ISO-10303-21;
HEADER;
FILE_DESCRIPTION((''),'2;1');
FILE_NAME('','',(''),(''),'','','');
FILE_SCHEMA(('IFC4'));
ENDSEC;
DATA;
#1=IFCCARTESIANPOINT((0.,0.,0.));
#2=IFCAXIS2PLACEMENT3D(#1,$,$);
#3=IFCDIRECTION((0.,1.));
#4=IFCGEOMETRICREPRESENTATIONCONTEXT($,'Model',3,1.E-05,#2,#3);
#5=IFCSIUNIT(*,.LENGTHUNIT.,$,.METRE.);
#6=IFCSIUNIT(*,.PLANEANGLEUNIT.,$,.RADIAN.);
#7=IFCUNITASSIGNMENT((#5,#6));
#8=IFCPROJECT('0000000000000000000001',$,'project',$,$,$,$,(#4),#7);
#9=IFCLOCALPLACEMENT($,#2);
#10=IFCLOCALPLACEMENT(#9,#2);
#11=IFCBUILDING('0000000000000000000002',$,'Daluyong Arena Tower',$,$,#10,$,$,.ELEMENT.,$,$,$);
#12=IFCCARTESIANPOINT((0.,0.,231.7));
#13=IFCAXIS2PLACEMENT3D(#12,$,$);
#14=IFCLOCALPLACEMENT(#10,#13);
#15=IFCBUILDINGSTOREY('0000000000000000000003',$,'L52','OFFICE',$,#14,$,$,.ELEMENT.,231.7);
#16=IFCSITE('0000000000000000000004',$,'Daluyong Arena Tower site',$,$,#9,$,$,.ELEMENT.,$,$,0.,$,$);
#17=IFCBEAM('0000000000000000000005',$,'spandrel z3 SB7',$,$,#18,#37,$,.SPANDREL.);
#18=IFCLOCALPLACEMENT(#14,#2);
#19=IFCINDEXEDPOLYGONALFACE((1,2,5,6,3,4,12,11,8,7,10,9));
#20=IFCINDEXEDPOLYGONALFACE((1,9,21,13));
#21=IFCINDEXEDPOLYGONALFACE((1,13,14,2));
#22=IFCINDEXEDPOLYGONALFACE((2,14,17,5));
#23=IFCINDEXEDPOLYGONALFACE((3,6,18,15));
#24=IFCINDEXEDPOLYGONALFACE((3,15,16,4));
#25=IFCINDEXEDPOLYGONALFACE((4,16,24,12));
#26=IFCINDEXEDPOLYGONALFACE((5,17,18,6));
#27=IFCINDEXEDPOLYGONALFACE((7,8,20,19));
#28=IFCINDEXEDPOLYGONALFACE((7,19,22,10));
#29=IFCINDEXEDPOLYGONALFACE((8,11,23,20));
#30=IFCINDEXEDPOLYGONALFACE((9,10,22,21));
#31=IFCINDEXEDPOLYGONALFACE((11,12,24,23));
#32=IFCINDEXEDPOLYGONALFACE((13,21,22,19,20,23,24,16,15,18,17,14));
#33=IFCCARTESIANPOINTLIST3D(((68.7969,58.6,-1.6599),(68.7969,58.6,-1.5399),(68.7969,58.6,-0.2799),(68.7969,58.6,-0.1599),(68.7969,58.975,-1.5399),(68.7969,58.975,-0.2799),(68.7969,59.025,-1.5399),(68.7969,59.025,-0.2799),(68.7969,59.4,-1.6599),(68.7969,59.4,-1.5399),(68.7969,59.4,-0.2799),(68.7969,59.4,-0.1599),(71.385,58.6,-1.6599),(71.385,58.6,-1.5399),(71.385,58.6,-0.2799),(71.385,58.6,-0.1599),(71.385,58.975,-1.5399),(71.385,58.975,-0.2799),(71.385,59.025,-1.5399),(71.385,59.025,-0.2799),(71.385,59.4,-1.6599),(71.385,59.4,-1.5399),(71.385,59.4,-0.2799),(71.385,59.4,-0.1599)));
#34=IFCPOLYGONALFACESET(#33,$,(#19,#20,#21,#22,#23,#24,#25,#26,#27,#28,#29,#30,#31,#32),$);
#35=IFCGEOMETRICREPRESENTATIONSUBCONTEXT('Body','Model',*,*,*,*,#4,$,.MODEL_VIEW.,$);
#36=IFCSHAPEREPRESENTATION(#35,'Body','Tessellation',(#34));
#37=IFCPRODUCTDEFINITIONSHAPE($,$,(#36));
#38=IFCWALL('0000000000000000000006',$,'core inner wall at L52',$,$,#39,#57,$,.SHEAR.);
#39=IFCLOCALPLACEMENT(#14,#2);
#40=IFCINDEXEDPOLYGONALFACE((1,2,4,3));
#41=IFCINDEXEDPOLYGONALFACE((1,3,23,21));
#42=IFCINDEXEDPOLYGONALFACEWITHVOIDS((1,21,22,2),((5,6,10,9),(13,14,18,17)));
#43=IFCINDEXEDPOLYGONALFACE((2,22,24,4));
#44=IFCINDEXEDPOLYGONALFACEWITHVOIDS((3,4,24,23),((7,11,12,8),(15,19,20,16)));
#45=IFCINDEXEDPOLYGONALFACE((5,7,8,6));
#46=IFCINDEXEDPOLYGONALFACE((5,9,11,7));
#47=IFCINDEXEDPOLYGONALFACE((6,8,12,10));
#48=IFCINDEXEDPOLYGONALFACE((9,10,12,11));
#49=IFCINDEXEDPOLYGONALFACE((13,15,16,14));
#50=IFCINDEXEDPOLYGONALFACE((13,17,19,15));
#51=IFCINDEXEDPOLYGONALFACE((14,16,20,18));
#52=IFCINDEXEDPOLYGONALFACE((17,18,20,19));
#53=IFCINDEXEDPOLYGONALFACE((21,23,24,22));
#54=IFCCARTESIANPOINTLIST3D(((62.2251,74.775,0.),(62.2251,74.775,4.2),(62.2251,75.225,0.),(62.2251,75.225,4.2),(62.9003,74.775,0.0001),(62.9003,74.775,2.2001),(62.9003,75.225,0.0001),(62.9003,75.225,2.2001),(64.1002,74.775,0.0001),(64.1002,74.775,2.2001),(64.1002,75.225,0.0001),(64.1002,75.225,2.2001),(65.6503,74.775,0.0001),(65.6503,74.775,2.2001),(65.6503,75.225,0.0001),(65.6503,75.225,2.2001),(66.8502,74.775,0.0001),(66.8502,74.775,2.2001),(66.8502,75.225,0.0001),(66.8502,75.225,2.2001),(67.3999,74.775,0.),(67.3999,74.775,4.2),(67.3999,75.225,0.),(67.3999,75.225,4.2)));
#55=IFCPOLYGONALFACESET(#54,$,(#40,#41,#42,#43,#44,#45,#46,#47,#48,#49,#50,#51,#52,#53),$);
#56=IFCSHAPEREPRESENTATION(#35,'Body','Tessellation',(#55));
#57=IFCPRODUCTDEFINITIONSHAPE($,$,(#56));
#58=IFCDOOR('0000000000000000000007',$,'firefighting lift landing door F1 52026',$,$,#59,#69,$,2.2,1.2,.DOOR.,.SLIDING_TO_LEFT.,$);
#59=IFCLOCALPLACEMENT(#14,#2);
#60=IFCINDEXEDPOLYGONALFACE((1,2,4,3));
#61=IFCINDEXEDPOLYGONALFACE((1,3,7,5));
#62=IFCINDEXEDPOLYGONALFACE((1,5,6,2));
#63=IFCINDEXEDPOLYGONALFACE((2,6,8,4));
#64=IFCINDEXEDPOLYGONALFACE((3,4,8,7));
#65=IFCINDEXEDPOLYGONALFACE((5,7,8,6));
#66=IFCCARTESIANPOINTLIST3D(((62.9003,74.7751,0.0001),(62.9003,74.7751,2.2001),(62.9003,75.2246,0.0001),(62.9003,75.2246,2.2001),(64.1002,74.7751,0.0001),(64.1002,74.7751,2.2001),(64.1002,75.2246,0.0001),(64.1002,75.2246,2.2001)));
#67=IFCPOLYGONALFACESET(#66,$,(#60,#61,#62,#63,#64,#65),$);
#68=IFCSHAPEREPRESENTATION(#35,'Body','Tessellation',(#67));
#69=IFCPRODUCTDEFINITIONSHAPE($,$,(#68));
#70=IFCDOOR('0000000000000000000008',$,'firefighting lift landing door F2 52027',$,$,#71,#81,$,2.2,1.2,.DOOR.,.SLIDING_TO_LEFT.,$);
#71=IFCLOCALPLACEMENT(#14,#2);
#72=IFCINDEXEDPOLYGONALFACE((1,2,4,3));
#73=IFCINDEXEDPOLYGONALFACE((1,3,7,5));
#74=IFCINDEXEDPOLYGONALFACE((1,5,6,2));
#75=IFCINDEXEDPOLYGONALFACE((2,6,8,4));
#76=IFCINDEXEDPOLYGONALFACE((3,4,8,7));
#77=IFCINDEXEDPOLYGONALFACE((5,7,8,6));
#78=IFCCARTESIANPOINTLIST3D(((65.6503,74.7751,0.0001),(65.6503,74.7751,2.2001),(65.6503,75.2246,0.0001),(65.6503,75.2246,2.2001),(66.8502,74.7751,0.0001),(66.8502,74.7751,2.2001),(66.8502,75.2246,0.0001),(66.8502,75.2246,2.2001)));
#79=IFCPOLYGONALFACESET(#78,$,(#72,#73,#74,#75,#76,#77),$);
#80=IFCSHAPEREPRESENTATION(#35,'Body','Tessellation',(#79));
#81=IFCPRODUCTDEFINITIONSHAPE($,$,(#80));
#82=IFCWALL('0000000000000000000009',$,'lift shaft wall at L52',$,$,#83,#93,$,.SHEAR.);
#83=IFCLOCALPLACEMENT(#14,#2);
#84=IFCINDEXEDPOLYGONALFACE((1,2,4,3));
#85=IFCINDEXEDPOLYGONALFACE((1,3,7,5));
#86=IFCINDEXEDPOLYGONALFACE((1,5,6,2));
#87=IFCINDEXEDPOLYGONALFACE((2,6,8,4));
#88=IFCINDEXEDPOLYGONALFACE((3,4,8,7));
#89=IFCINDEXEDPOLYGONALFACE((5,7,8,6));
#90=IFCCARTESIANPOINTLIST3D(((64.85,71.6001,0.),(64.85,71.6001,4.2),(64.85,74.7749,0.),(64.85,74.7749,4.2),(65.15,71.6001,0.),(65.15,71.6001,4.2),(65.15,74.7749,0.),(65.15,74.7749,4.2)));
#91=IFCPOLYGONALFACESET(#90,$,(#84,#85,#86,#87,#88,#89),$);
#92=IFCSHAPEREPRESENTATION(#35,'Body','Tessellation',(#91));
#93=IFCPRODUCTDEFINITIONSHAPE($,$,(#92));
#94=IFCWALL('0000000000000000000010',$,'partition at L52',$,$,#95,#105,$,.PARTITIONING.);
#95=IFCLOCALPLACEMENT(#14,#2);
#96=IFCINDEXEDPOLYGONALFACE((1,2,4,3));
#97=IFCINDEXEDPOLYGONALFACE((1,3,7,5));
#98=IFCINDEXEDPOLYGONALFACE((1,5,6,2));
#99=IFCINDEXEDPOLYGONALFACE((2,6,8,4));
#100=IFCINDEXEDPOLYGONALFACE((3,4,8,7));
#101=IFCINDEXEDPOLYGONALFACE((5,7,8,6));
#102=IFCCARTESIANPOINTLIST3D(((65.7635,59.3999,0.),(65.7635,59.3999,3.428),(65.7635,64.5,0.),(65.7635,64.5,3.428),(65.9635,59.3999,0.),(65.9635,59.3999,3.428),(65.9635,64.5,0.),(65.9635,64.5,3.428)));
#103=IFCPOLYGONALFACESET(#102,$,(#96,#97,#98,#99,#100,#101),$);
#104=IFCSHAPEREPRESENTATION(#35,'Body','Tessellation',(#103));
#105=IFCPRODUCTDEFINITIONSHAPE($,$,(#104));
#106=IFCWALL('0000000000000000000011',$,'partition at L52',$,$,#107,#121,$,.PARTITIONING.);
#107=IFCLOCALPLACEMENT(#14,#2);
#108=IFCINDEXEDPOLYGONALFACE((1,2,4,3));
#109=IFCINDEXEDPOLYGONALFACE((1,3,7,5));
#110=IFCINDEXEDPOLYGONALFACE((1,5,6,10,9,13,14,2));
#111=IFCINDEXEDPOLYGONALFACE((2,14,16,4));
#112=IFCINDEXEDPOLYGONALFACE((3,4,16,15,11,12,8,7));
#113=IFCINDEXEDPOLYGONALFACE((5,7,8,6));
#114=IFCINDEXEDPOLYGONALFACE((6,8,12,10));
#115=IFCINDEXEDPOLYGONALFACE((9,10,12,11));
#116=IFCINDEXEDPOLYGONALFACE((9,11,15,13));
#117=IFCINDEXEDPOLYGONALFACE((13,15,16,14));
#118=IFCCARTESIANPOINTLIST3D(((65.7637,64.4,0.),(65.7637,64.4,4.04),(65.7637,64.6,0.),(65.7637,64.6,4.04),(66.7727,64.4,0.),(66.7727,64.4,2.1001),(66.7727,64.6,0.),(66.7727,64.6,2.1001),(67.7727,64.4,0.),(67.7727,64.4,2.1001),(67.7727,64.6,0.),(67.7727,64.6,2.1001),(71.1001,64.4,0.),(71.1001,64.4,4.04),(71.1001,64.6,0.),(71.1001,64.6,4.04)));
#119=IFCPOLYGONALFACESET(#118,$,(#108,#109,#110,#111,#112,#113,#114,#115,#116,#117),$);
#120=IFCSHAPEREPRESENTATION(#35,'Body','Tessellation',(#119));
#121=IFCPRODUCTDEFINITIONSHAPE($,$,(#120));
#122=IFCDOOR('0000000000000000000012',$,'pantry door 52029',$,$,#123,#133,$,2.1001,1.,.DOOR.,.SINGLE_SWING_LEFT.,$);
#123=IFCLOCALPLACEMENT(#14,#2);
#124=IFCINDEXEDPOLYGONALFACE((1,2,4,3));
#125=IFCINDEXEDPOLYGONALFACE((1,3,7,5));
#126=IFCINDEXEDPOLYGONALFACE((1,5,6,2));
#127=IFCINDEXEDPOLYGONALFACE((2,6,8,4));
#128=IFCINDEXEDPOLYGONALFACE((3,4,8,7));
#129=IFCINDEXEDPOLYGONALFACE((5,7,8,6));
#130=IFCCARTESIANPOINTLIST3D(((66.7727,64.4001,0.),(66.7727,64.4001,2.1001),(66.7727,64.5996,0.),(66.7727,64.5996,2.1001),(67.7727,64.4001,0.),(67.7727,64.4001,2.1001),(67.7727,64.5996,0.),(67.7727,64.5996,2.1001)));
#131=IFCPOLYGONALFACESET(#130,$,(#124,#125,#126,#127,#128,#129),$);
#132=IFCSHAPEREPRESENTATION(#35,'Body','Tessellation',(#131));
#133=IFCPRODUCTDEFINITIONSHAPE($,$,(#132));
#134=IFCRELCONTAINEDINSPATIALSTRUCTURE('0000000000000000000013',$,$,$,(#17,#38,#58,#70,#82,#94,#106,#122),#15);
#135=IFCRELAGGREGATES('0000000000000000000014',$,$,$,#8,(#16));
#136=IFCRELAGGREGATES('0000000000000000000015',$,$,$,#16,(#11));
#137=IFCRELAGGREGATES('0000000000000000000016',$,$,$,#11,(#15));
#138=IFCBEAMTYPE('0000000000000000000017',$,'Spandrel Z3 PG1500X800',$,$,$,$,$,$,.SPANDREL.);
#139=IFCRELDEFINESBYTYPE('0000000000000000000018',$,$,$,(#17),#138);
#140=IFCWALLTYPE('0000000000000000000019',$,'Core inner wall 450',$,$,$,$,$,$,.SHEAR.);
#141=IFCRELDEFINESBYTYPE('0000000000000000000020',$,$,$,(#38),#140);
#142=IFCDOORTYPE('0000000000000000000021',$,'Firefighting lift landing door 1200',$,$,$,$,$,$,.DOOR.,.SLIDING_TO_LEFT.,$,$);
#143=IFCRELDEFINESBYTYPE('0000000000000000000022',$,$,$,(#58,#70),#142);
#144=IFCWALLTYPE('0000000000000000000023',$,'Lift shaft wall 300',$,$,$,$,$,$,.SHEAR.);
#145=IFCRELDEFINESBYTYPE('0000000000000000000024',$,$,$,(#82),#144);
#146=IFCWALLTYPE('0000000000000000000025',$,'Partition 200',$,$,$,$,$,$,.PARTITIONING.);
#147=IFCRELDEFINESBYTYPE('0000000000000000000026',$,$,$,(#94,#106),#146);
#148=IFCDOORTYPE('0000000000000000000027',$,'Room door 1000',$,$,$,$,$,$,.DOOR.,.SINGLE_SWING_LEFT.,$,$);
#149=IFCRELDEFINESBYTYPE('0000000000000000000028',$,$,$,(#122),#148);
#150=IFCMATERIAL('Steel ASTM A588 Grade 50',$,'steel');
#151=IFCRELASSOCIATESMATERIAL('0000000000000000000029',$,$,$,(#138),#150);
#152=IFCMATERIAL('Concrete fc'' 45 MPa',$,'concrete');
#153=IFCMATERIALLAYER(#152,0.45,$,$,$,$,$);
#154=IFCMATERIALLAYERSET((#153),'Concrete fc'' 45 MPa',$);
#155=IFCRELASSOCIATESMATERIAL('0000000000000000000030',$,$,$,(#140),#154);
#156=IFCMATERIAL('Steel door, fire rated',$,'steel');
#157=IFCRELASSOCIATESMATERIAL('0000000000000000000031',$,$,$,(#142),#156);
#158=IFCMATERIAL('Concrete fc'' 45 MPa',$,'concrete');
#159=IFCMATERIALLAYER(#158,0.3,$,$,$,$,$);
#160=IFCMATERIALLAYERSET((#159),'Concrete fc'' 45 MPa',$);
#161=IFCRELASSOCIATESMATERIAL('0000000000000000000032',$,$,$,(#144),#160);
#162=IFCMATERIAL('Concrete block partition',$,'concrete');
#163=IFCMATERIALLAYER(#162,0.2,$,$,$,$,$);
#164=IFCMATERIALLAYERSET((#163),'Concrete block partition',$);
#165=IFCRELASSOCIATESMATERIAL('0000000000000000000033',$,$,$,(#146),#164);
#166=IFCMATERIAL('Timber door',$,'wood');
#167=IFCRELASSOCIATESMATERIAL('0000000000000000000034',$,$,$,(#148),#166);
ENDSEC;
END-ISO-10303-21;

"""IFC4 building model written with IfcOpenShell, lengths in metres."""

from ifc_helpers import new_model, si_unit, direction, frame, frame_2d, origin, origin_2d, place, context, subcontext, project, spatial, rectangle, i_section, extrude, material, layer, layer_set, material_profile, profile_set, type_object, element, fill, save


model = new_model("IFC4")

# Units and contexts
model_context = context("Model", 3, precision=1e-05, world=origin(), true_north=direction((0.0, 1.0)))
body_context = subcontext(model_context, "Body", "Model", "MODEL_VIEW")
ifc_project = project(units=[si_unit("LENGTHUNIT", "METRE"), si_unit("PLANEANGLEUNIT", "RADIAN")], contexts=[model_context])

# Site, building, storey
site_placement = place(None, origin())
site = spatial("IfcSite", under=ifc_project, at=site_placement, Name="Daluyong Arena Tower site", CompositionType="ELEMENT", RefElevation=0.0)
building_placement = place(site_placement, origin())
building = spatial("IfcBuilding", under=site, at=building_placement, Name="Daluyong Arena Tower", CompositionType="ELEMENT")
storey_placement = place(building_placement, frame((0.0, 0.0, 231.7)))
storey = spatial("IfcBuildingStorey", under=building, at=storey_placement, Name="L52", Description="OFFICE", CompositionType="ELEMENT", Elevation=231.7)

# Beam
ifc_material_1 = material(Name="Steel ASTM A588 Grade 50", Category="steel")
ifc_material_profile_1 = material_profile(ifc_material_1, i_section(OverallWidth=0.8, OverallDepth=1.5, WebThickness=0.05, FlangeThickness=0.12, at=origin_2d()))
ifc_profile_set_1 = profile_set([ifc_material_profile_1], Name="Steel ASTM A588 Grade 50")
beam_type_1 = type_object("IfcBeamType", Name="Spandrel Z3 PG1500X800", PredefinedType="SPANDREL", material=ifc_profile_set_1)
beam_1_placement = place(storey_placement, frame((68.7969, 59.0, -0.9099), z_axis=(1.0, 0.0, 0.0), x_axis=(0.0, 1.0, 0.0)))
element("IfcBeam", 1, at=beam_1_placement, inside=storey, type_object=beam_type_1, Name="spandrel z3 SB7", PredefinedType="SPANDREL", context=body_context, shape_type="SweptSolid", body=[
    extrude(i_section(OverallWidth=0.8, OverallDepth=1.5, WebThickness=0.05, FlangeThickness=0.12, at=origin_2d()), origin(), (0.0, 0.0, 1.0), 2.5881),
])

# Shared definitions
ifc_material_2 = material(Name="Concrete fc' 45 MPa", Category="concrete")
ifc_layer_1 = layer(ifc_material_2, 0.45)
ifc_layer_set_1 = layer_set([ifc_layer_1], Name="Concrete fc' 45 MPa")
wall_type_1 = type_object("IfcWallType", Name="Core inner wall 450", PredefinedType="SHEAR", material=ifc_layer_set_1)

# Wall, openings, doors
wall_1_placement = place(storey_placement, frame((62.2251, 75.0, 0.0), z_axis=(0.0, 0.0, 1.0), x_axis=(1.0, 0.0, 0.0)))
wall_1 = element("IfcWall", 2, at=wall_1_placement, inside=storey, type_object=wall_type_1, Name="core inner wall at L52", PredefinedType="SHEAR", context=body_context, shape_type="SweptSolid", body=[
    extrude(rectangle(XDim=5.1748, YDim=0.45, at=frame_2d((2.5874, 0.0))), origin(), (0.0, 0.0, 1.0), 4.2),
])
opening_1_placement = place(wall_1_placement, frame((0.675, 0.0, 0.0)))
opening_1 = element("IfcOpeningElement", 3, at=opening_1_placement, cuts=wall_1, PredefinedType="OPENING", context=body_context, shape_type="SweptSolid", body=[
    extrude(rectangle(XDim=1.2, YDim=2.2, at=frame_2d((0.6001, 1.1001))), frame((0.0, 0.2349, 0.0), z_axis=(0.0, -1.0, 0.0), x_axis=(1.0, 0.0, 0.0)), (0.0, 0.0, 1.0), 0.47),
])
opening_2_placement = place(wall_1_placement, frame((3.425, 0.0, 0.0)))
opening_2 = element("IfcOpeningElement", 4, at=opening_2_placement, cuts=wall_1, PredefinedType="OPENING", context=body_context, shape_type="SweptSolid", body=[
    extrude(rectangle(XDim=1.2, YDim=2.2, at=frame_2d((0.6001, 1.1001))), frame((0.0, 0.2349, 0.0), z_axis=(0.0, -1.0, 0.0), x_axis=(1.0, 0.0, 0.0)), (0.0, 0.0, 1.0), 0.47),
])
ifc_material_3 = material(Name="Steel door, fire rated", Category="steel")
door_type_1 = type_object("IfcDoorType", Name="Firefighting lift landing door 1200", OperationType="SLIDING_TO_LEFT", PredefinedType="DOOR", material=ifc_material_3)
door_1_placement = place(opening_1_placement, origin())
door_1 = element("IfcDoor", 5, at=door_1_placement, inside=storey, type_object=door_type_1, Name="firefighting lift landing door F1 52026", OperationType="SLIDING_TO_LEFT", OverallHeight=2.2, OverallWidth=1.2, PredefinedType="DOOR", context=body_context, shape_type="SweptSolid", body=[
    extrude(rectangle(XDim=1.2, YDim=2.2, at=frame_2d((0.6001, 1.1001))), frame((0.0, 0.2246, 0.0), z_axis=(0.0, -1.0, 0.0), x_axis=(1.0, 0.0, 0.0)), (0.0, 0.0, 1.0), 0.4495),
])
fill(opening_1, door_1)
door_2_placement = place(opening_2_placement, origin())
door_2 = element("IfcDoor", 6, at=door_2_placement, inside=storey, type_object=door_type_1, Name="firefighting lift landing door F2 52027", OperationType="SLIDING_TO_LEFT", OverallHeight=2.2, OverallWidth=1.2, PredefinedType="DOOR", context=body_context, shape_type="SweptSolid", body=[
    extrude(rectangle(XDim=1.2, YDim=2.2, at=frame_2d((0.6001, 1.1001))), frame((0.0, 0.2246, 0.0), z_axis=(0.0, -1.0, 0.0), x_axis=(1.0, 0.0, 0.0)), (0.0, 0.0, 1.0), 0.4495),
])
fill(opening_2, door_2)

# Walls
ifc_material_4 = material(Name="Concrete fc' 45 MPa", Category="concrete")
ifc_layer_2 = layer(ifc_material_4, 0.3)
ifc_layer_set_2 = layer_set([ifc_layer_2], Name="Concrete fc' 45 MPa")
wall_type_2 = type_object("IfcWallType", Name="Lift shaft wall 300", PredefinedType="SHEAR", material=ifc_layer_set_2)
wall_2_placement = place(storey_placement, frame((65.0, 71.6001, 0.0), z_axis=(0.0, 0.0, 1.0), x_axis=(0.0, 1.0, 0.0)))
element("IfcWall", 7, at=wall_2_placement, inside=storey, type_object=wall_type_2, Name="lift shaft wall at L52", PredefinedType="SHEAR", context=body_context, shape_type="SweptSolid", body=[
    extrude(rectangle(XDim=3.1748, YDim=0.3, at=frame_2d((1.5874, 0.0))), origin(), (0.0, 0.0, 1.0), 4.2),
])
ifc_material_5 = material(Name="Concrete block partition", Category="concrete")
ifc_layer_3 = layer(ifc_material_5, 0.2)
ifc_layer_set_3 = layer_set([ifc_layer_3], Name="Concrete block partition")
wall_type_3 = type_object("IfcWallType", Name="Partition 200", PredefinedType="PARTITIONING", material=ifc_layer_set_3)
wall_3_placement = place(storey_placement, frame((65.8635, 59.3999, 0.0), z_axis=(0.0, 0.0, 1.0), x_axis=(0.0, 1.0, 0.0)))
element("IfcWall", 8, at=wall_3_placement, inside=storey, type_object=wall_type_3, Name="partition at L52", PredefinedType="PARTITIONING", context=body_context, shape_type="SweptSolid", body=[
    extrude(rectangle(XDim=5.1001, YDim=0.2, at=frame_2d((2.55, 0.0))), origin(), (0.0, 0.0, 1.0), 3.428),
])

# Wall, opening, door
wall_4_placement = place(storey_placement, frame((65.7637, 64.5, 0.0), z_axis=(0.0, 0.0, 1.0), x_axis=(1.0, 0.0, 0.0)))
wall_4 = element("IfcWall", 9, at=wall_4_placement, inside=storey, type_object=wall_type_3, Name="partition at L52", PredefinedType="PARTITIONING", context=body_context, shape_type="SweptSolid", body=[
    extrude(rectangle(XDim=5.3364, YDim=0.2, at=frame_2d((2.6682, 0.0))), origin(), (0.0, 0.0, 1.0), 4.04),
])
opening_3_placement = place(wall_4_placement, frame((1.009, 0.0, 0.0)))
opening_3 = element("IfcOpeningElement", 10, at=opening_3_placement, cuts=wall_4, PredefinedType="OPENING", context=body_context, shape_type="SweptSolid", body=[
    extrude(rectangle(XDim=1.0, YDim=2.1001, at=frame_2d((0.5, 1.05))), frame((0.0, 0.1099, 0.0), z_axis=(0.0, -1.0, 0.0), x_axis=(1.0, 0.0, 0.0)), (0.0, 0.0, 1.0), 0.22),
])
ifc_material_6 = material(Name="Timber door", Category="wood")
door_type_2 = type_object("IfcDoorType", Name="Room door 1000", OperationType="SINGLE_SWING_LEFT", PredefinedType="DOOR", material=ifc_material_6)
door_3_placement = place(opening_3_placement, origin())
door_3 = element("IfcDoor", 11, at=door_3_placement, inside=storey, type_object=door_type_2, Name="pantry door 52029", OperationType="SINGLE_SWING_LEFT", OverallHeight=2.1001, OverallWidth=1.0, PredefinedType="DOOR", context=body_context, shape_type="SweptSolid", body=[
    extrude(rectangle(XDim=1.0, YDim=2.1001, at=frame_2d((0.5, 1.05))), frame((0.0, 0.0996, 0.0), z_axis=(0.0, -1.0, 0.0), x_axis=(1.0, 0.0, 0.0)), (0.0, 0.0, 1.0), 0.1995),
])
fill(opening_3, door_3)

save(model, "model.ifc")
